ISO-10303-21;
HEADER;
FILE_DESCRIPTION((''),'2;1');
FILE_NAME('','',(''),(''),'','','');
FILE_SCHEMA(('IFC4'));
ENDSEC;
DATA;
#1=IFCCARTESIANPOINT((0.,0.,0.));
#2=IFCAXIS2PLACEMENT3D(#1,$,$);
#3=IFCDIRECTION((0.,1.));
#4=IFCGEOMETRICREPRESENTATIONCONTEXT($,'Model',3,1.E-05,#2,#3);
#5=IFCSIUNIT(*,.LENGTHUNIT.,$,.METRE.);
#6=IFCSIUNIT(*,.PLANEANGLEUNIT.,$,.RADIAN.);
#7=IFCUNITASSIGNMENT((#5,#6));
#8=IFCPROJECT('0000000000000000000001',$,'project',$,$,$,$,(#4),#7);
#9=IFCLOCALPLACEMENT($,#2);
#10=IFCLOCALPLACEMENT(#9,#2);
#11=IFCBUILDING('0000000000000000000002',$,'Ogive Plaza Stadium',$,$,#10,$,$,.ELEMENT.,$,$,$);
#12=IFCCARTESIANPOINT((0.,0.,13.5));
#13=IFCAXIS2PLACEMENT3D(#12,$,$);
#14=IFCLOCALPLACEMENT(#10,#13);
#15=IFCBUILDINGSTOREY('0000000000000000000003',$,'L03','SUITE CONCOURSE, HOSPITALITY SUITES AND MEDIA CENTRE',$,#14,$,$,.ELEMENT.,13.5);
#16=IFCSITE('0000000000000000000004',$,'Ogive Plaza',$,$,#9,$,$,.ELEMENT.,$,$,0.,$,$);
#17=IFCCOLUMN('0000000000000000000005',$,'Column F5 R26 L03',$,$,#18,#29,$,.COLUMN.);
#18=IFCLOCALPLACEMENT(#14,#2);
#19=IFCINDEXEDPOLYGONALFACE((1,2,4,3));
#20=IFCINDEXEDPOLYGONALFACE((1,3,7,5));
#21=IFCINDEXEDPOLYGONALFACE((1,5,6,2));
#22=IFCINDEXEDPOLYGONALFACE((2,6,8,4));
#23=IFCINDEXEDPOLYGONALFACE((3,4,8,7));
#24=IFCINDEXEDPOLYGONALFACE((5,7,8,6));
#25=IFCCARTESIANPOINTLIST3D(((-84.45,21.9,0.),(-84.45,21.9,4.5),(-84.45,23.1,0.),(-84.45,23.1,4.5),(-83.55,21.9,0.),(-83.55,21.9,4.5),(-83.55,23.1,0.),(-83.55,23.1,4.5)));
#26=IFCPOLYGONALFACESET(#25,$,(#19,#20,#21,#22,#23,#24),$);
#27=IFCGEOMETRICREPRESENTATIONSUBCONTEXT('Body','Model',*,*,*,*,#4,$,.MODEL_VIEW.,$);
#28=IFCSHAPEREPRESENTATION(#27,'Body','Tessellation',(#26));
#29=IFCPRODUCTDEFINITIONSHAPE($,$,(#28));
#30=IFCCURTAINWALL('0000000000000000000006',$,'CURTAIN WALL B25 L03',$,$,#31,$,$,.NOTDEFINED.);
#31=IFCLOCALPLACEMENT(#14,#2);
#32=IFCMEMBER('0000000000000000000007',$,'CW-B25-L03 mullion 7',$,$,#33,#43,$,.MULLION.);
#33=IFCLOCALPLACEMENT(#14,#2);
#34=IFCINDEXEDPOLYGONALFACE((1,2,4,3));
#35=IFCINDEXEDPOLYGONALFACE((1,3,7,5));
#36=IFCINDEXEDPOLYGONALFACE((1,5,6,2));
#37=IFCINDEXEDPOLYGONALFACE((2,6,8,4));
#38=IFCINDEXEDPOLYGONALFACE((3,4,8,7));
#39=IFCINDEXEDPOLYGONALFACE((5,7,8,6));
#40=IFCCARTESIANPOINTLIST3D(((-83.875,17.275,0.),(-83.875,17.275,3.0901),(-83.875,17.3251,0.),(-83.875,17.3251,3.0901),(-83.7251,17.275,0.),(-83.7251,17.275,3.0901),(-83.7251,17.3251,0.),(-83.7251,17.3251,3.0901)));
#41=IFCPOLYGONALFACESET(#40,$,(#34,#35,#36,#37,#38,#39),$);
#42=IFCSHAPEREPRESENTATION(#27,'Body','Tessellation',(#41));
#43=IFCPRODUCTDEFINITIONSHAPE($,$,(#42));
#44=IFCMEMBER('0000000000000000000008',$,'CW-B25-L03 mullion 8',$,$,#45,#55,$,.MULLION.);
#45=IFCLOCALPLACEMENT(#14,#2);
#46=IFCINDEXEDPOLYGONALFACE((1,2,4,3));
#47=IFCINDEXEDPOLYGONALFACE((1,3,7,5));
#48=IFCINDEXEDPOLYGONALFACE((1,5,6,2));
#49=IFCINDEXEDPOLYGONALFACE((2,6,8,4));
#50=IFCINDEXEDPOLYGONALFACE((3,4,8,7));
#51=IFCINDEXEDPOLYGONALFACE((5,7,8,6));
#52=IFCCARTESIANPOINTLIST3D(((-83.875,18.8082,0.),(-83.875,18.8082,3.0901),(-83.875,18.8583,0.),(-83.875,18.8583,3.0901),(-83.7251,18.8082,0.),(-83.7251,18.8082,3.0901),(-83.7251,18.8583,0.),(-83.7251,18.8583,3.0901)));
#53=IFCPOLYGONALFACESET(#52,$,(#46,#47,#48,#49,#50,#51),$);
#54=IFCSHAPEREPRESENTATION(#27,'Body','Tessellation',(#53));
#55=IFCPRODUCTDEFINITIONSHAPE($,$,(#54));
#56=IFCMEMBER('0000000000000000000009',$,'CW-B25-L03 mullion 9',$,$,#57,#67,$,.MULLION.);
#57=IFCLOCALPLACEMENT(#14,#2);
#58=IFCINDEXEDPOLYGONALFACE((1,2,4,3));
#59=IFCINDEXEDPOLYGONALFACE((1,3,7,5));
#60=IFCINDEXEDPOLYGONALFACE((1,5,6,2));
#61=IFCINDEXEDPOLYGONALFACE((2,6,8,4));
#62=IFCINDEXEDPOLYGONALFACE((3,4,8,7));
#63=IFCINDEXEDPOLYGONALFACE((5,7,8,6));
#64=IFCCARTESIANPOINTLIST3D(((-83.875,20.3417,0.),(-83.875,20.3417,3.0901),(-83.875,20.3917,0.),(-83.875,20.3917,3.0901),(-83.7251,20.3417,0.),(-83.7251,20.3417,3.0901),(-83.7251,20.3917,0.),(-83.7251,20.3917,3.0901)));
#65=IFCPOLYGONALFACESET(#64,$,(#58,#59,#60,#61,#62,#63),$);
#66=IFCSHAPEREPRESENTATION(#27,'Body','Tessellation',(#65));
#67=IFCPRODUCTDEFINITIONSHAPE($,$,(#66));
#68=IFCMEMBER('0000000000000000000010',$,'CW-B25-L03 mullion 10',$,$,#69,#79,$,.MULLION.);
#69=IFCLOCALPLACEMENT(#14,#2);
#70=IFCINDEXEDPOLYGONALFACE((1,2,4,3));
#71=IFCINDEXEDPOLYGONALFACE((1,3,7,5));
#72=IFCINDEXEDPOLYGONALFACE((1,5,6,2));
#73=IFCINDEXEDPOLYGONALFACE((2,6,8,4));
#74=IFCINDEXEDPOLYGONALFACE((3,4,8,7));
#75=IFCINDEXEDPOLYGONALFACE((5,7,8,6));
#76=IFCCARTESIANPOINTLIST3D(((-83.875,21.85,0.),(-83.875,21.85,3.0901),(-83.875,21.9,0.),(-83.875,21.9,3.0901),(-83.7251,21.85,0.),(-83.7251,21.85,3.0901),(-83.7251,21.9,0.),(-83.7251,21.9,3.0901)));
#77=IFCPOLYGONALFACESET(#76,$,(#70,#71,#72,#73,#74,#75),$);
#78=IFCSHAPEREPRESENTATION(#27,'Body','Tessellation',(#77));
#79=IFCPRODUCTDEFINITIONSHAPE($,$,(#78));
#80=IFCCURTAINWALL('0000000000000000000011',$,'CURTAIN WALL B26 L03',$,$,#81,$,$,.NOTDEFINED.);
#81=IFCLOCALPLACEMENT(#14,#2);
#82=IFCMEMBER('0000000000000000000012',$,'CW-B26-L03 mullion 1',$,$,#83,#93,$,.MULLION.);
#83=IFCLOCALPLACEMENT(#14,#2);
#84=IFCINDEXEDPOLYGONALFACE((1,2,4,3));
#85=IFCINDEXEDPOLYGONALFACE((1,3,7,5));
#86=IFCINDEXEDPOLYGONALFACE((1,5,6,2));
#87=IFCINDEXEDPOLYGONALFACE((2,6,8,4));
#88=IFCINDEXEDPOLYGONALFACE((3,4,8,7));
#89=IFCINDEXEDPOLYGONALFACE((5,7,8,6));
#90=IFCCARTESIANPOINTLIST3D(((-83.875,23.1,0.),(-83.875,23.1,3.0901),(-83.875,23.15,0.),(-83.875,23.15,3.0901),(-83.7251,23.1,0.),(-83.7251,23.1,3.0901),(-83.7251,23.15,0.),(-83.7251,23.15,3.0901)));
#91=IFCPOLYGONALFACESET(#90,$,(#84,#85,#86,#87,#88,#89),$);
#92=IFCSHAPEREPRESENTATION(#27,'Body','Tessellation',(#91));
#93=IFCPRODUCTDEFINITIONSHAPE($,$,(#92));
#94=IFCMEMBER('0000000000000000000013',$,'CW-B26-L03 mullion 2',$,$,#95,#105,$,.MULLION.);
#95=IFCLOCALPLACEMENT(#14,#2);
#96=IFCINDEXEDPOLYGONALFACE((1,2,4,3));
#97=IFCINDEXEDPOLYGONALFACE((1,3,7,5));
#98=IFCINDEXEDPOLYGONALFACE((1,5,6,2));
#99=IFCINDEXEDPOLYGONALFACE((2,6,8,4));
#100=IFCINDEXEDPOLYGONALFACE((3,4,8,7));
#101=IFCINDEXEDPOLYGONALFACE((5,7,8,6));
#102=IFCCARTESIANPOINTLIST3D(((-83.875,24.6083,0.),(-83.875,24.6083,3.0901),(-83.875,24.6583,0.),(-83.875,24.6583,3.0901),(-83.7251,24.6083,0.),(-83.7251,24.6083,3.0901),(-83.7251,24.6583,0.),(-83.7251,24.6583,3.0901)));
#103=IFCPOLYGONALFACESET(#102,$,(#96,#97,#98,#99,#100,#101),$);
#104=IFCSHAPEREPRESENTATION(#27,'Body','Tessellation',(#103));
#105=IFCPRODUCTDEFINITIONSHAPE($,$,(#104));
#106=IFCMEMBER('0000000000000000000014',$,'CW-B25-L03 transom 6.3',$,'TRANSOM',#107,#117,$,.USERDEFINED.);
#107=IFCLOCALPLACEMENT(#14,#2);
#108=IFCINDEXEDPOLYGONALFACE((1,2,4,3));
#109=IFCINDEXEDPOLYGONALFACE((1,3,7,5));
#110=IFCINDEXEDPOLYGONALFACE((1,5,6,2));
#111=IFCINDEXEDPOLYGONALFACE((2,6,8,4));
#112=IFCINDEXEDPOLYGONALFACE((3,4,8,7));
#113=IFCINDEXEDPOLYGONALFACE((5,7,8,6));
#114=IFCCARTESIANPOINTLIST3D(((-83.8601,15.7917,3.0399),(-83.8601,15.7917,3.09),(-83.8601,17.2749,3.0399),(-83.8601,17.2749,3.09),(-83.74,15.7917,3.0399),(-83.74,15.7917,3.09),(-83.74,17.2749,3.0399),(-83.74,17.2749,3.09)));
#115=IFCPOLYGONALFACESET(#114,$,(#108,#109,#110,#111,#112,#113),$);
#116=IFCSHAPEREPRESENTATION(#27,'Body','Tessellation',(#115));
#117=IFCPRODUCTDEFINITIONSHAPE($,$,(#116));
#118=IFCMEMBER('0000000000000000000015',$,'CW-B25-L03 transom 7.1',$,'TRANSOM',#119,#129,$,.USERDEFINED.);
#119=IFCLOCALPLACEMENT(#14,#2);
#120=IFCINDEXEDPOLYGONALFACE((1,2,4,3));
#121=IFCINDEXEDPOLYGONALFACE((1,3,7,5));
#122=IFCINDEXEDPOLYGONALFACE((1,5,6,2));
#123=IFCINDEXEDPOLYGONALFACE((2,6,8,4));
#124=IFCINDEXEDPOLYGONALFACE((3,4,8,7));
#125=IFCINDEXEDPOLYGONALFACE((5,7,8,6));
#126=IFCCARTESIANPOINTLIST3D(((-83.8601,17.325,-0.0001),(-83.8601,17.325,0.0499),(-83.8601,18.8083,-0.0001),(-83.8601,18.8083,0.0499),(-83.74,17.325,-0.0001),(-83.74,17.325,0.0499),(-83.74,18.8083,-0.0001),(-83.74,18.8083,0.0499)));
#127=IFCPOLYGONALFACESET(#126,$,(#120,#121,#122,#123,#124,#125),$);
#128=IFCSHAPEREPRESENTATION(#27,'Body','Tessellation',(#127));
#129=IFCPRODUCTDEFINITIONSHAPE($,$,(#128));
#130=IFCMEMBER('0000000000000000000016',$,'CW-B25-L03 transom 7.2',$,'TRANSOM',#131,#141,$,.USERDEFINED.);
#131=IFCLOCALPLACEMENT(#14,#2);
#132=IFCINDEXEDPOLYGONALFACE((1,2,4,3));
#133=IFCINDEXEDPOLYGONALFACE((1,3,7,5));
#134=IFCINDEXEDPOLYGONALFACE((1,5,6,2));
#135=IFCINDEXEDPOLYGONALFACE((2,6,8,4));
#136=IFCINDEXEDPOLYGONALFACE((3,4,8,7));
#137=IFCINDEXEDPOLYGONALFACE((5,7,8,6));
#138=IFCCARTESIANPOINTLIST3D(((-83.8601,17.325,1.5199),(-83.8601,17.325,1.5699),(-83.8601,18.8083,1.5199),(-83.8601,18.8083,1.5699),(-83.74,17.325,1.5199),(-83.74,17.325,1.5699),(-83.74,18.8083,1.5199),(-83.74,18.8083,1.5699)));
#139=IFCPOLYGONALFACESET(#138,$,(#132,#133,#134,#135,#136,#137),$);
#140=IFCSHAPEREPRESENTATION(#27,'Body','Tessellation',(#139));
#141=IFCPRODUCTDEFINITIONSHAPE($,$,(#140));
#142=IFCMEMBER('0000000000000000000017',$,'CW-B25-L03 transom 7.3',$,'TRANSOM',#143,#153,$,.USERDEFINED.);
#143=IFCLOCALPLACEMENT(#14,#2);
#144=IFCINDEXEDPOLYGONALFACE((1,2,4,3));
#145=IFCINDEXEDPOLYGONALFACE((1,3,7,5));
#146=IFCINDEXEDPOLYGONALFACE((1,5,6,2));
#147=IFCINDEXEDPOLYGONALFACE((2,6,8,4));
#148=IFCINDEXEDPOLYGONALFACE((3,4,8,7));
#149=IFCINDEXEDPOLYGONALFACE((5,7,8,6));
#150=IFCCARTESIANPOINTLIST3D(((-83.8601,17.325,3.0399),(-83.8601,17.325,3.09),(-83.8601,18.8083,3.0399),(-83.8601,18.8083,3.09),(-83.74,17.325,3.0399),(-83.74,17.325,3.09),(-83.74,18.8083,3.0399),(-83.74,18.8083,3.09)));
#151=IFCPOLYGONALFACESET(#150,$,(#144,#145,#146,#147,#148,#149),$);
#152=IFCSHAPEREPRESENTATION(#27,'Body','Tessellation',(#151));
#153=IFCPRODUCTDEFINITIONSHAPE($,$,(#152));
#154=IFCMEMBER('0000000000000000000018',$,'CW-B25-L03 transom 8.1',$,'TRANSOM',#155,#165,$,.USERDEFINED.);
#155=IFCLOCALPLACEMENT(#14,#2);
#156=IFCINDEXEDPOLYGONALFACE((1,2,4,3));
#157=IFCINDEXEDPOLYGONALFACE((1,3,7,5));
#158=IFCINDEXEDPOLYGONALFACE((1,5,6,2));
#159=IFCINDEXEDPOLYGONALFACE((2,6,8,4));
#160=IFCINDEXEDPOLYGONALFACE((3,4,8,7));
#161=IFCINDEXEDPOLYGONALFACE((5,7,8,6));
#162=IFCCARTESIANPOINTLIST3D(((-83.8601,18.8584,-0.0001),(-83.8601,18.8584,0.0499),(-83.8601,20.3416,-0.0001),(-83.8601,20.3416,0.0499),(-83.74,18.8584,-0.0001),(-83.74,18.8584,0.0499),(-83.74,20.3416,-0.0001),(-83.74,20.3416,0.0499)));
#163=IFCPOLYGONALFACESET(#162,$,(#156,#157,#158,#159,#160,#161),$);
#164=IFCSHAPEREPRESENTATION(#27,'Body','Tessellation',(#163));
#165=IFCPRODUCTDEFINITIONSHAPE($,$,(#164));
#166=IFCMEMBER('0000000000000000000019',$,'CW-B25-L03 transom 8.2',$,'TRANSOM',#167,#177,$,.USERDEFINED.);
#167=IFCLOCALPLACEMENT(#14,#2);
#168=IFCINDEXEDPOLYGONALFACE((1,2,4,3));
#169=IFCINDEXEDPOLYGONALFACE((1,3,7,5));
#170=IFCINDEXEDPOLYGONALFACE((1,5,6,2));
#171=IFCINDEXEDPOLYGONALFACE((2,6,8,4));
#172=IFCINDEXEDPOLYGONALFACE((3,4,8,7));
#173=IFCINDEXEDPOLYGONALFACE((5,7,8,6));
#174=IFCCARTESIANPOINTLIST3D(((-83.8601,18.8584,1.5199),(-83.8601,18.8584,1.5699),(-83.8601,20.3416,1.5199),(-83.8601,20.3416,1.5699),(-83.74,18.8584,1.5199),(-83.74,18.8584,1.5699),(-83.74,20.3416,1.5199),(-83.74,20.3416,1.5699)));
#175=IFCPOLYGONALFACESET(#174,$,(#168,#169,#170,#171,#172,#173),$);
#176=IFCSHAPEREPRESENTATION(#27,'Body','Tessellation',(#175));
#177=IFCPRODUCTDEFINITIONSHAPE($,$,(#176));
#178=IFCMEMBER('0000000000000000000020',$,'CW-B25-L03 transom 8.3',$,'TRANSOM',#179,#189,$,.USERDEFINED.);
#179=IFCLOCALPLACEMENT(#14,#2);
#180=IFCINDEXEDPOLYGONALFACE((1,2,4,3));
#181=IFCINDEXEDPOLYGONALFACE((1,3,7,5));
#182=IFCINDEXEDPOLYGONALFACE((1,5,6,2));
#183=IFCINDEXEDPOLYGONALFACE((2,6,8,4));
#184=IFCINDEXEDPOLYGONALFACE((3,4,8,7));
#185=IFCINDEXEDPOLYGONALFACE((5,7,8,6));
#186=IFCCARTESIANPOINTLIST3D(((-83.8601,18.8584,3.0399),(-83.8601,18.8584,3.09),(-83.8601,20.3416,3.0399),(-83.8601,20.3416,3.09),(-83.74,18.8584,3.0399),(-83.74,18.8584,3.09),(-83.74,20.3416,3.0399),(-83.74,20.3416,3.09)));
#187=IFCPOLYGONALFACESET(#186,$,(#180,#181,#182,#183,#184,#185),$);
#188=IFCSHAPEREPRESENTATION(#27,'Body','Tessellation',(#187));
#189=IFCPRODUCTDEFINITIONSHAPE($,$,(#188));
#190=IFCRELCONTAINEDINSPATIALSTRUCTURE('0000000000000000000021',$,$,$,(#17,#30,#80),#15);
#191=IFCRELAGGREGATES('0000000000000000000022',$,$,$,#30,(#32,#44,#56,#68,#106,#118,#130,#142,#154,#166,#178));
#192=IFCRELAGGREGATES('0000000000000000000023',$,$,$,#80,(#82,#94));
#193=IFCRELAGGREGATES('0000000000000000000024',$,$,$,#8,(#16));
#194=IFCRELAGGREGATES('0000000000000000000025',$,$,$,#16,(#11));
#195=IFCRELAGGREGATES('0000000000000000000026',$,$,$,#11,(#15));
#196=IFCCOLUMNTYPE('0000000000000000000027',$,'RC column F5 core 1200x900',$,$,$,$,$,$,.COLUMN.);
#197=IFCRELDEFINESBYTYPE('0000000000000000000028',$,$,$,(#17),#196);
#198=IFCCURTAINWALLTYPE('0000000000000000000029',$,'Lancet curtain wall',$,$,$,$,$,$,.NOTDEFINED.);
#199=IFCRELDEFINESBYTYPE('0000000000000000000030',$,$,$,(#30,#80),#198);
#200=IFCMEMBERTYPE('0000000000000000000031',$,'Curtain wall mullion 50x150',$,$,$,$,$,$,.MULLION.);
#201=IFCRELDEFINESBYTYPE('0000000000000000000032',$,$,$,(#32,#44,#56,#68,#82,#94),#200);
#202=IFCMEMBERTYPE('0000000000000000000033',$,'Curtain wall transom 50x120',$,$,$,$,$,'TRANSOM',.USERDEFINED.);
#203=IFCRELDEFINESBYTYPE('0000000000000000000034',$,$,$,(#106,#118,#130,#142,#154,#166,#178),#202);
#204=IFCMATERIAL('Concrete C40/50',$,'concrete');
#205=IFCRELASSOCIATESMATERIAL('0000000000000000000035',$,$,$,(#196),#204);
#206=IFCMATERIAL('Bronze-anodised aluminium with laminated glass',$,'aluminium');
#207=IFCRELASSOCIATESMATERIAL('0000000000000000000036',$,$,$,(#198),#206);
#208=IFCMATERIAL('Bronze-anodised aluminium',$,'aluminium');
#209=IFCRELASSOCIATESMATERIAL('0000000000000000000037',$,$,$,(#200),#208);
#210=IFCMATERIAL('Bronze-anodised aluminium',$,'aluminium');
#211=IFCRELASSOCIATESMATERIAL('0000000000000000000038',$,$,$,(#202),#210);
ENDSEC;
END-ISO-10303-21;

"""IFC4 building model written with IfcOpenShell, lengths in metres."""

from ifc_helpers import new_model, si_unit, direction, frame, origin, origin_2d, place, context, subcontext, project, spatial, rectangle, extrude, material, material_profile, profile_set, type_object, element, aggregate, save


model = new_model("IFC4")

# Units and contexts
model_context = context("Model", 3, precision=1e-05, world=origin(), true_north=direction((0.0, 1.0)))
body_context = subcontext(model_context, "Body", "Model", "MODEL_VIEW")
ifc_project = project(units=[si_unit("LENGTHUNIT", "METRE"), si_unit("PLANEANGLEUNIT", "RADIAN")], contexts=[model_context])

# Site, building, storey
site_placement = place(None, origin())
site = spatial("IfcSite", under=ifc_project, at=site_placement, Name="Ogive Plaza", CompositionType="ELEMENT", RefElevation=0.0)
building_placement = place(site_placement, origin())
building = spatial("IfcBuilding", under=site, at=building_placement, Name="Ogive Plaza Stadium", CompositionType="ELEMENT")
storey_placement = place(building_placement, frame((0.0, 0.0, 13.5)))
storey = spatial("IfcBuildingStorey", under=building, at=storey_placement, Name="L03", Description="SUITE CONCOURSE, HOSPITALITY SUITES AND MEDIA CENTRE", CompositionType="ELEMENT", Elevation=13.5)

# Column
ifc_material_1 = material(Name="Concrete C40/50", Category="concrete")
ifc_material_profile_1 = material_profile(ifc_material_1, rectangle(XDim=1.2, YDim=0.8999, at=origin_2d()), Name="RC 1200x900")
ifc_profile_set_1 = profile_set([ifc_material_profile_1], Name="Concrete C40/50")
column_type = type_object("IfcColumnType", Name="RC column F5 core 1200x900", PredefinedType="COLUMN", material=ifc_profile_set_1)
column_placement = place(storey_placement, frame((-84.0, 22.5, 0.0), z_axis=(0.0, 0.0, 1.0), x_axis=(0.0, -1.0, 0.0)))
element("IfcColumn", 1, at=column_placement, inside=storey, type_object=column_type, Name="Column F5 R26 L03", PredefinedType="COLUMN", context=body_context, shape_type="SweptSolid", body=[
    extrude(rectangle(XDim=1.2, YDim=0.8999, at=origin_2d()), origin(), (0.0, 0.0, 1.0), 4.5),
])

# Curtain walls, members
ifc_material_2 = material(Name="Bronze-anodised aluminium with laminated glass", Category="aluminium")
curtain_wall_type = type_object("IfcCurtainWallType", Name="Lancet curtain wall", PredefinedType="NOTDEFINED", material=ifc_material_2)
curtain_wall_1_placement = place(storey_placement, origin())
curtain_wall_1 = element("IfcCurtainWall", 2, at=curtain_wall_1_placement, inside=storey, type_object=curtain_wall_type, Name="CURTAIN WALL B25 L03", PredefinedType="NOTDEFINED")
ifc_material_3 = material(Name="Bronze-anodised aluminium", Category="aluminium")
ifc_material_profile_2 = material_profile(ifc_material_3, rectangle(XDim=0.1499, YDim=0.05, at=origin_2d()), Name="AL 150x50")
ifc_profile_set_2 = profile_set([ifc_material_profile_2], Name="Bronze-anodised aluminium")
member_type_1 = type_object("IfcMemberType", Name="Curtain wall mullion 50x150", PredefinedType="MULLION", material=ifc_profile_set_2)
member_1_placement = place(storey_placement, frame((-83.8, 17.3, 0.0), z_axis=(0.0, 0.0, 1.0), x_axis=(-1.0, 0.0, 0.0)))
member_1 = element("IfcMember", 3, at=member_1_placement, type_object=member_type_1, Name="CW-B25-L03 mullion 7", PredefinedType="MULLION", context=body_context, shape_type="SweptSolid", body=[
    extrude(rectangle(XDim=0.1499, YDim=0.05, at=origin_2d()), origin(), (0.0, 0.0, 1.0), 3.0901),
])
member_2_placement = place(storey_placement, frame((-83.8, 18.8333, 0.0), z_axis=(0.0, 0.0, 1.0), x_axis=(-1.0, 0.0, 0.0)))
member_2 = element("IfcMember", 4, at=member_2_placement, type_object=member_type_1, Name="CW-B25-L03 mullion 8", PredefinedType="MULLION", context=body_context, shape_type="SweptSolid", body=[
    extrude(rectangle(XDim=0.1499, YDim=0.05, at=origin_2d()), origin(), (0.0, 0.0, 1.0), 3.0901),
])
member_3_placement = place(storey_placement, frame((-83.8, 20.3667, 0.0), z_axis=(0.0, 0.0, 1.0), x_axis=(-1.0, 0.0, 0.0)))
member_3 = element("IfcMember", 5, at=member_3_placement, type_object=member_type_1, Name="CW-B25-L03 mullion 9", PredefinedType="MULLION", context=body_context, shape_type="SweptSolid", body=[
    extrude(rectangle(XDim=0.1499, YDim=0.05, at=origin_2d()), origin(), (0.0, 0.0, 1.0), 3.0901),
])
member_4_placement = place(storey_placement, frame((-83.8, 21.875, 0.0), z_axis=(0.0, 0.0, 1.0), x_axis=(-1.0, 0.0, 0.0)))
member_4 = element("IfcMember", 6, at=member_4_placement, type_object=member_type_1, Name="CW-B25-L03 mullion 10", PredefinedType="MULLION", context=body_context, shape_type="SweptSolid", body=[
    extrude(rectangle(XDim=0.1499, YDim=0.05, at=origin_2d()), origin(), (0.0, 0.0, 1.0), 3.0901),
])
curtain_wall_2_placement = place(storey_placement, origin())
curtain_wall_2 = element("IfcCurtainWall", 7, at=curtain_wall_2_placement, inside=storey, type_object=curtain_wall_type, Name="CURTAIN WALL B26 L03", PredefinedType="NOTDEFINED")
member_5_placement = place(storey_placement, frame((-83.8, 23.125, 0.0), z_axis=(0.0, 0.0, 1.0), x_axis=(-1.0, 0.0, 0.0)))
member_5 = element("IfcMember", 8, at=member_5_placement, type_object=member_type_1, Name="CW-B26-L03 mullion 1", PredefinedType="MULLION", context=body_context, shape_type="SweptSolid", body=[
    extrude(rectangle(XDim=0.1499, YDim=0.05, at=origin_2d()), origin(), (0.0, 0.0, 1.0), 3.0901),
])
member_6_placement = place(storey_placement, frame((-83.8, 24.6333, 0.0), z_axis=(0.0, 0.0, 1.0), x_axis=(-1.0, 0.0, 0.0)))
member_6 = element("IfcMember", 9, at=member_6_placement, type_object=member_type_1, Name="CW-B26-L03 mullion 2", PredefinedType="MULLION", context=body_context, shape_type="SweptSolid", body=[
    extrude(rectangle(XDim=0.1499, YDim=0.05, at=origin_2d()), origin(), (0.0, 0.0, 1.0), 3.0901),
])

# Members
ifc_material_4 = material(Name="Bronze-anodised aluminium", Category="aluminium")
ifc_material_profile_3 = material_profile(ifc_material_4, rectangle(XDim=0.1201, YDim=0.05, at=origin_2d()), Name="AL 120x50")
ifc_profile_set_3 = profile_set([ifc_material_profile_3], Name="Bronze-anodised aluminium")
member_type_2 = type_object("IfcMemberType", Name="Curtain wall transom 50x120", ElementType="TRANSOM", PredefinedType="USERDEFINED", material=ifc_profile_set_3)
member_7_placement = place(storey_placement, frame((-83.8, 15.7917, 3.0649), z_axis=(0.0, 1.0, 0.0), x_axis=(-1.0, 0.0, 0.0)))
member_7 = element("IfcMember", 10, at=member_7_placement, type_object=member_type_2, Name="CW-B25-L03 transom 6.3", ObjectType="TRANSOM", PredefinedType="USERDEFINED", context=body_context, shape_type="SweptSolid", body=[
    extrude(rectangle(XDim=0.1201, YDim=0.05, at=origin_2d()), origin(), (0.0, 0.0, 1.0), 1.4832),
])
member_8_placement = place(storey_placement, frame((-83.8, 17.325, 0.0249), z_axis=(0.0, 1.0, 0.0), x_axis=(-1.0, 0.0, 0.0)))
member_8 = element("IfcMember", 11, at=member_8_placement, type_object=member_type_2, Name="CW-B25-L03 transom 7.1", ObjectType="TRANSOM", PredefinedType="USERDEFINED", context=body_context, shape_type="SweptSolid", body=[
    extrude(rectangle(XDim=0.1201, YDim=0.05, at=origin_2d()), origin(), (0.0, 0.0, 1.0), 1.4834),
])
member_9_placement = place(storey_placement, frame((-83.8, 17.325, 1.5449), z_axis=(0.0, 1.0, 0.0), x_axis=(-1.0, 0.0, 0.0)))
member_9 = element("IfcMember", 12, at=member_9_placement, type_object=member_type_2, Name="CW-B25-L03 transom 7.2", ObjectType="TRANSOM", PredefinedType="USERDEFINED", context=body_context, shape_type="SweptSolid", body=[
    extrude(rectangle(XDim=0.1201, YDim=0.05, at=origin_2d()), origin(), (0.0, 0.0, 1.0), 1.4834),
])
member_10_placement = place(storey_placement, frame((-83.8, 17.325, 3.0649), z_axis=(0.0, 1.0, 0.0), x_axis=(-1.0, 0.0, 0.0)))
member_10 = element("IfcMember", 13, at=member_10_placement, type_object=member_type_2, Name="CW-B25-L03 transom 7.3", ObjectType="TRANSOM", PredefinedType="USERDEFINED", context=body_context, shape_type="SweptSolid", body=[
    extrude(rectangle(XDim=0.1201, YDim=0.05, at=origin_2d()), origin(), (0.0, 0.0, 1.0), 1.4834),
])
member_11_placement = place(storey_placement, frame((-83.8, 18.8584, 0.0249), z_axis=(0.0, 1.0, 0.0), x_axis=(-1.0, 0.0, 0.0)))
member_11 = element("IfcMember", 14, at=member_11_placement, type_object=member_type_2, Name="CW-B25-L03 transom 8.1", ObjectType="TRANSOM", PredefinedType="USERDEFINED", context=body_context, shape_type="SweptSolid", body=[
    extrude(rectangle(XDim=0.1201, YDim=0.05, at=origin_2d()), origin(), (0.0, 0.0, 1.0), 1.4832),
])
member_12_placement = place(storey_placement, frame((-83.8, 18.8584, 1.5449), z_axis=(0.0, 1.0, 0.0), x_axis=(-1.0, 0.0, 0.0)))
member_12 = element("IfcMember", 15, at=member_12_placement, type_object=member_type_2, Name="CW-B25-L03 transom 8.2", ObjectType="TRANSOM", PredefinedType="USERDEFINED", context=body_context, shape_type="SweptSolid", body=[
    extrude(rectangle(XDim=0.1201, YDim=0.05, at=origin_2d()), origin(), (0.0, 0.0, 1.0), 1.4832),
])
member_13_placement = place(storey_placement, frame((-83.8, 18.8584, 3.0649), z_axis=(0.0, 1.0, 0.0), x_axis=(-1.0, 0.0, 0.0)))
member_13 = element("IfcMember", 16, at=member_13_placement, type_object=member_type_2, Name="CW-B25-L03 transom 8.3", ObjectType="TRANSOM", PredefinedType="USERDEFINED", context=body_context, shape_type="SweptSolid", body=[
    extrude(rectangle(XDim=0.1201, YDim=0.05, at=origin_2d()), origin(), (0.0, 0.0, 1.0), 1.4832),
])

aggregate(curtain_wall_1, [member_1, member_2, member_3, member_4, member_7, member_8, member_9, member_10, member_11, member_12, member_13])
aggregate(curtain_wall_2, [member_5, member_6])

save(model, "model.ifc")
